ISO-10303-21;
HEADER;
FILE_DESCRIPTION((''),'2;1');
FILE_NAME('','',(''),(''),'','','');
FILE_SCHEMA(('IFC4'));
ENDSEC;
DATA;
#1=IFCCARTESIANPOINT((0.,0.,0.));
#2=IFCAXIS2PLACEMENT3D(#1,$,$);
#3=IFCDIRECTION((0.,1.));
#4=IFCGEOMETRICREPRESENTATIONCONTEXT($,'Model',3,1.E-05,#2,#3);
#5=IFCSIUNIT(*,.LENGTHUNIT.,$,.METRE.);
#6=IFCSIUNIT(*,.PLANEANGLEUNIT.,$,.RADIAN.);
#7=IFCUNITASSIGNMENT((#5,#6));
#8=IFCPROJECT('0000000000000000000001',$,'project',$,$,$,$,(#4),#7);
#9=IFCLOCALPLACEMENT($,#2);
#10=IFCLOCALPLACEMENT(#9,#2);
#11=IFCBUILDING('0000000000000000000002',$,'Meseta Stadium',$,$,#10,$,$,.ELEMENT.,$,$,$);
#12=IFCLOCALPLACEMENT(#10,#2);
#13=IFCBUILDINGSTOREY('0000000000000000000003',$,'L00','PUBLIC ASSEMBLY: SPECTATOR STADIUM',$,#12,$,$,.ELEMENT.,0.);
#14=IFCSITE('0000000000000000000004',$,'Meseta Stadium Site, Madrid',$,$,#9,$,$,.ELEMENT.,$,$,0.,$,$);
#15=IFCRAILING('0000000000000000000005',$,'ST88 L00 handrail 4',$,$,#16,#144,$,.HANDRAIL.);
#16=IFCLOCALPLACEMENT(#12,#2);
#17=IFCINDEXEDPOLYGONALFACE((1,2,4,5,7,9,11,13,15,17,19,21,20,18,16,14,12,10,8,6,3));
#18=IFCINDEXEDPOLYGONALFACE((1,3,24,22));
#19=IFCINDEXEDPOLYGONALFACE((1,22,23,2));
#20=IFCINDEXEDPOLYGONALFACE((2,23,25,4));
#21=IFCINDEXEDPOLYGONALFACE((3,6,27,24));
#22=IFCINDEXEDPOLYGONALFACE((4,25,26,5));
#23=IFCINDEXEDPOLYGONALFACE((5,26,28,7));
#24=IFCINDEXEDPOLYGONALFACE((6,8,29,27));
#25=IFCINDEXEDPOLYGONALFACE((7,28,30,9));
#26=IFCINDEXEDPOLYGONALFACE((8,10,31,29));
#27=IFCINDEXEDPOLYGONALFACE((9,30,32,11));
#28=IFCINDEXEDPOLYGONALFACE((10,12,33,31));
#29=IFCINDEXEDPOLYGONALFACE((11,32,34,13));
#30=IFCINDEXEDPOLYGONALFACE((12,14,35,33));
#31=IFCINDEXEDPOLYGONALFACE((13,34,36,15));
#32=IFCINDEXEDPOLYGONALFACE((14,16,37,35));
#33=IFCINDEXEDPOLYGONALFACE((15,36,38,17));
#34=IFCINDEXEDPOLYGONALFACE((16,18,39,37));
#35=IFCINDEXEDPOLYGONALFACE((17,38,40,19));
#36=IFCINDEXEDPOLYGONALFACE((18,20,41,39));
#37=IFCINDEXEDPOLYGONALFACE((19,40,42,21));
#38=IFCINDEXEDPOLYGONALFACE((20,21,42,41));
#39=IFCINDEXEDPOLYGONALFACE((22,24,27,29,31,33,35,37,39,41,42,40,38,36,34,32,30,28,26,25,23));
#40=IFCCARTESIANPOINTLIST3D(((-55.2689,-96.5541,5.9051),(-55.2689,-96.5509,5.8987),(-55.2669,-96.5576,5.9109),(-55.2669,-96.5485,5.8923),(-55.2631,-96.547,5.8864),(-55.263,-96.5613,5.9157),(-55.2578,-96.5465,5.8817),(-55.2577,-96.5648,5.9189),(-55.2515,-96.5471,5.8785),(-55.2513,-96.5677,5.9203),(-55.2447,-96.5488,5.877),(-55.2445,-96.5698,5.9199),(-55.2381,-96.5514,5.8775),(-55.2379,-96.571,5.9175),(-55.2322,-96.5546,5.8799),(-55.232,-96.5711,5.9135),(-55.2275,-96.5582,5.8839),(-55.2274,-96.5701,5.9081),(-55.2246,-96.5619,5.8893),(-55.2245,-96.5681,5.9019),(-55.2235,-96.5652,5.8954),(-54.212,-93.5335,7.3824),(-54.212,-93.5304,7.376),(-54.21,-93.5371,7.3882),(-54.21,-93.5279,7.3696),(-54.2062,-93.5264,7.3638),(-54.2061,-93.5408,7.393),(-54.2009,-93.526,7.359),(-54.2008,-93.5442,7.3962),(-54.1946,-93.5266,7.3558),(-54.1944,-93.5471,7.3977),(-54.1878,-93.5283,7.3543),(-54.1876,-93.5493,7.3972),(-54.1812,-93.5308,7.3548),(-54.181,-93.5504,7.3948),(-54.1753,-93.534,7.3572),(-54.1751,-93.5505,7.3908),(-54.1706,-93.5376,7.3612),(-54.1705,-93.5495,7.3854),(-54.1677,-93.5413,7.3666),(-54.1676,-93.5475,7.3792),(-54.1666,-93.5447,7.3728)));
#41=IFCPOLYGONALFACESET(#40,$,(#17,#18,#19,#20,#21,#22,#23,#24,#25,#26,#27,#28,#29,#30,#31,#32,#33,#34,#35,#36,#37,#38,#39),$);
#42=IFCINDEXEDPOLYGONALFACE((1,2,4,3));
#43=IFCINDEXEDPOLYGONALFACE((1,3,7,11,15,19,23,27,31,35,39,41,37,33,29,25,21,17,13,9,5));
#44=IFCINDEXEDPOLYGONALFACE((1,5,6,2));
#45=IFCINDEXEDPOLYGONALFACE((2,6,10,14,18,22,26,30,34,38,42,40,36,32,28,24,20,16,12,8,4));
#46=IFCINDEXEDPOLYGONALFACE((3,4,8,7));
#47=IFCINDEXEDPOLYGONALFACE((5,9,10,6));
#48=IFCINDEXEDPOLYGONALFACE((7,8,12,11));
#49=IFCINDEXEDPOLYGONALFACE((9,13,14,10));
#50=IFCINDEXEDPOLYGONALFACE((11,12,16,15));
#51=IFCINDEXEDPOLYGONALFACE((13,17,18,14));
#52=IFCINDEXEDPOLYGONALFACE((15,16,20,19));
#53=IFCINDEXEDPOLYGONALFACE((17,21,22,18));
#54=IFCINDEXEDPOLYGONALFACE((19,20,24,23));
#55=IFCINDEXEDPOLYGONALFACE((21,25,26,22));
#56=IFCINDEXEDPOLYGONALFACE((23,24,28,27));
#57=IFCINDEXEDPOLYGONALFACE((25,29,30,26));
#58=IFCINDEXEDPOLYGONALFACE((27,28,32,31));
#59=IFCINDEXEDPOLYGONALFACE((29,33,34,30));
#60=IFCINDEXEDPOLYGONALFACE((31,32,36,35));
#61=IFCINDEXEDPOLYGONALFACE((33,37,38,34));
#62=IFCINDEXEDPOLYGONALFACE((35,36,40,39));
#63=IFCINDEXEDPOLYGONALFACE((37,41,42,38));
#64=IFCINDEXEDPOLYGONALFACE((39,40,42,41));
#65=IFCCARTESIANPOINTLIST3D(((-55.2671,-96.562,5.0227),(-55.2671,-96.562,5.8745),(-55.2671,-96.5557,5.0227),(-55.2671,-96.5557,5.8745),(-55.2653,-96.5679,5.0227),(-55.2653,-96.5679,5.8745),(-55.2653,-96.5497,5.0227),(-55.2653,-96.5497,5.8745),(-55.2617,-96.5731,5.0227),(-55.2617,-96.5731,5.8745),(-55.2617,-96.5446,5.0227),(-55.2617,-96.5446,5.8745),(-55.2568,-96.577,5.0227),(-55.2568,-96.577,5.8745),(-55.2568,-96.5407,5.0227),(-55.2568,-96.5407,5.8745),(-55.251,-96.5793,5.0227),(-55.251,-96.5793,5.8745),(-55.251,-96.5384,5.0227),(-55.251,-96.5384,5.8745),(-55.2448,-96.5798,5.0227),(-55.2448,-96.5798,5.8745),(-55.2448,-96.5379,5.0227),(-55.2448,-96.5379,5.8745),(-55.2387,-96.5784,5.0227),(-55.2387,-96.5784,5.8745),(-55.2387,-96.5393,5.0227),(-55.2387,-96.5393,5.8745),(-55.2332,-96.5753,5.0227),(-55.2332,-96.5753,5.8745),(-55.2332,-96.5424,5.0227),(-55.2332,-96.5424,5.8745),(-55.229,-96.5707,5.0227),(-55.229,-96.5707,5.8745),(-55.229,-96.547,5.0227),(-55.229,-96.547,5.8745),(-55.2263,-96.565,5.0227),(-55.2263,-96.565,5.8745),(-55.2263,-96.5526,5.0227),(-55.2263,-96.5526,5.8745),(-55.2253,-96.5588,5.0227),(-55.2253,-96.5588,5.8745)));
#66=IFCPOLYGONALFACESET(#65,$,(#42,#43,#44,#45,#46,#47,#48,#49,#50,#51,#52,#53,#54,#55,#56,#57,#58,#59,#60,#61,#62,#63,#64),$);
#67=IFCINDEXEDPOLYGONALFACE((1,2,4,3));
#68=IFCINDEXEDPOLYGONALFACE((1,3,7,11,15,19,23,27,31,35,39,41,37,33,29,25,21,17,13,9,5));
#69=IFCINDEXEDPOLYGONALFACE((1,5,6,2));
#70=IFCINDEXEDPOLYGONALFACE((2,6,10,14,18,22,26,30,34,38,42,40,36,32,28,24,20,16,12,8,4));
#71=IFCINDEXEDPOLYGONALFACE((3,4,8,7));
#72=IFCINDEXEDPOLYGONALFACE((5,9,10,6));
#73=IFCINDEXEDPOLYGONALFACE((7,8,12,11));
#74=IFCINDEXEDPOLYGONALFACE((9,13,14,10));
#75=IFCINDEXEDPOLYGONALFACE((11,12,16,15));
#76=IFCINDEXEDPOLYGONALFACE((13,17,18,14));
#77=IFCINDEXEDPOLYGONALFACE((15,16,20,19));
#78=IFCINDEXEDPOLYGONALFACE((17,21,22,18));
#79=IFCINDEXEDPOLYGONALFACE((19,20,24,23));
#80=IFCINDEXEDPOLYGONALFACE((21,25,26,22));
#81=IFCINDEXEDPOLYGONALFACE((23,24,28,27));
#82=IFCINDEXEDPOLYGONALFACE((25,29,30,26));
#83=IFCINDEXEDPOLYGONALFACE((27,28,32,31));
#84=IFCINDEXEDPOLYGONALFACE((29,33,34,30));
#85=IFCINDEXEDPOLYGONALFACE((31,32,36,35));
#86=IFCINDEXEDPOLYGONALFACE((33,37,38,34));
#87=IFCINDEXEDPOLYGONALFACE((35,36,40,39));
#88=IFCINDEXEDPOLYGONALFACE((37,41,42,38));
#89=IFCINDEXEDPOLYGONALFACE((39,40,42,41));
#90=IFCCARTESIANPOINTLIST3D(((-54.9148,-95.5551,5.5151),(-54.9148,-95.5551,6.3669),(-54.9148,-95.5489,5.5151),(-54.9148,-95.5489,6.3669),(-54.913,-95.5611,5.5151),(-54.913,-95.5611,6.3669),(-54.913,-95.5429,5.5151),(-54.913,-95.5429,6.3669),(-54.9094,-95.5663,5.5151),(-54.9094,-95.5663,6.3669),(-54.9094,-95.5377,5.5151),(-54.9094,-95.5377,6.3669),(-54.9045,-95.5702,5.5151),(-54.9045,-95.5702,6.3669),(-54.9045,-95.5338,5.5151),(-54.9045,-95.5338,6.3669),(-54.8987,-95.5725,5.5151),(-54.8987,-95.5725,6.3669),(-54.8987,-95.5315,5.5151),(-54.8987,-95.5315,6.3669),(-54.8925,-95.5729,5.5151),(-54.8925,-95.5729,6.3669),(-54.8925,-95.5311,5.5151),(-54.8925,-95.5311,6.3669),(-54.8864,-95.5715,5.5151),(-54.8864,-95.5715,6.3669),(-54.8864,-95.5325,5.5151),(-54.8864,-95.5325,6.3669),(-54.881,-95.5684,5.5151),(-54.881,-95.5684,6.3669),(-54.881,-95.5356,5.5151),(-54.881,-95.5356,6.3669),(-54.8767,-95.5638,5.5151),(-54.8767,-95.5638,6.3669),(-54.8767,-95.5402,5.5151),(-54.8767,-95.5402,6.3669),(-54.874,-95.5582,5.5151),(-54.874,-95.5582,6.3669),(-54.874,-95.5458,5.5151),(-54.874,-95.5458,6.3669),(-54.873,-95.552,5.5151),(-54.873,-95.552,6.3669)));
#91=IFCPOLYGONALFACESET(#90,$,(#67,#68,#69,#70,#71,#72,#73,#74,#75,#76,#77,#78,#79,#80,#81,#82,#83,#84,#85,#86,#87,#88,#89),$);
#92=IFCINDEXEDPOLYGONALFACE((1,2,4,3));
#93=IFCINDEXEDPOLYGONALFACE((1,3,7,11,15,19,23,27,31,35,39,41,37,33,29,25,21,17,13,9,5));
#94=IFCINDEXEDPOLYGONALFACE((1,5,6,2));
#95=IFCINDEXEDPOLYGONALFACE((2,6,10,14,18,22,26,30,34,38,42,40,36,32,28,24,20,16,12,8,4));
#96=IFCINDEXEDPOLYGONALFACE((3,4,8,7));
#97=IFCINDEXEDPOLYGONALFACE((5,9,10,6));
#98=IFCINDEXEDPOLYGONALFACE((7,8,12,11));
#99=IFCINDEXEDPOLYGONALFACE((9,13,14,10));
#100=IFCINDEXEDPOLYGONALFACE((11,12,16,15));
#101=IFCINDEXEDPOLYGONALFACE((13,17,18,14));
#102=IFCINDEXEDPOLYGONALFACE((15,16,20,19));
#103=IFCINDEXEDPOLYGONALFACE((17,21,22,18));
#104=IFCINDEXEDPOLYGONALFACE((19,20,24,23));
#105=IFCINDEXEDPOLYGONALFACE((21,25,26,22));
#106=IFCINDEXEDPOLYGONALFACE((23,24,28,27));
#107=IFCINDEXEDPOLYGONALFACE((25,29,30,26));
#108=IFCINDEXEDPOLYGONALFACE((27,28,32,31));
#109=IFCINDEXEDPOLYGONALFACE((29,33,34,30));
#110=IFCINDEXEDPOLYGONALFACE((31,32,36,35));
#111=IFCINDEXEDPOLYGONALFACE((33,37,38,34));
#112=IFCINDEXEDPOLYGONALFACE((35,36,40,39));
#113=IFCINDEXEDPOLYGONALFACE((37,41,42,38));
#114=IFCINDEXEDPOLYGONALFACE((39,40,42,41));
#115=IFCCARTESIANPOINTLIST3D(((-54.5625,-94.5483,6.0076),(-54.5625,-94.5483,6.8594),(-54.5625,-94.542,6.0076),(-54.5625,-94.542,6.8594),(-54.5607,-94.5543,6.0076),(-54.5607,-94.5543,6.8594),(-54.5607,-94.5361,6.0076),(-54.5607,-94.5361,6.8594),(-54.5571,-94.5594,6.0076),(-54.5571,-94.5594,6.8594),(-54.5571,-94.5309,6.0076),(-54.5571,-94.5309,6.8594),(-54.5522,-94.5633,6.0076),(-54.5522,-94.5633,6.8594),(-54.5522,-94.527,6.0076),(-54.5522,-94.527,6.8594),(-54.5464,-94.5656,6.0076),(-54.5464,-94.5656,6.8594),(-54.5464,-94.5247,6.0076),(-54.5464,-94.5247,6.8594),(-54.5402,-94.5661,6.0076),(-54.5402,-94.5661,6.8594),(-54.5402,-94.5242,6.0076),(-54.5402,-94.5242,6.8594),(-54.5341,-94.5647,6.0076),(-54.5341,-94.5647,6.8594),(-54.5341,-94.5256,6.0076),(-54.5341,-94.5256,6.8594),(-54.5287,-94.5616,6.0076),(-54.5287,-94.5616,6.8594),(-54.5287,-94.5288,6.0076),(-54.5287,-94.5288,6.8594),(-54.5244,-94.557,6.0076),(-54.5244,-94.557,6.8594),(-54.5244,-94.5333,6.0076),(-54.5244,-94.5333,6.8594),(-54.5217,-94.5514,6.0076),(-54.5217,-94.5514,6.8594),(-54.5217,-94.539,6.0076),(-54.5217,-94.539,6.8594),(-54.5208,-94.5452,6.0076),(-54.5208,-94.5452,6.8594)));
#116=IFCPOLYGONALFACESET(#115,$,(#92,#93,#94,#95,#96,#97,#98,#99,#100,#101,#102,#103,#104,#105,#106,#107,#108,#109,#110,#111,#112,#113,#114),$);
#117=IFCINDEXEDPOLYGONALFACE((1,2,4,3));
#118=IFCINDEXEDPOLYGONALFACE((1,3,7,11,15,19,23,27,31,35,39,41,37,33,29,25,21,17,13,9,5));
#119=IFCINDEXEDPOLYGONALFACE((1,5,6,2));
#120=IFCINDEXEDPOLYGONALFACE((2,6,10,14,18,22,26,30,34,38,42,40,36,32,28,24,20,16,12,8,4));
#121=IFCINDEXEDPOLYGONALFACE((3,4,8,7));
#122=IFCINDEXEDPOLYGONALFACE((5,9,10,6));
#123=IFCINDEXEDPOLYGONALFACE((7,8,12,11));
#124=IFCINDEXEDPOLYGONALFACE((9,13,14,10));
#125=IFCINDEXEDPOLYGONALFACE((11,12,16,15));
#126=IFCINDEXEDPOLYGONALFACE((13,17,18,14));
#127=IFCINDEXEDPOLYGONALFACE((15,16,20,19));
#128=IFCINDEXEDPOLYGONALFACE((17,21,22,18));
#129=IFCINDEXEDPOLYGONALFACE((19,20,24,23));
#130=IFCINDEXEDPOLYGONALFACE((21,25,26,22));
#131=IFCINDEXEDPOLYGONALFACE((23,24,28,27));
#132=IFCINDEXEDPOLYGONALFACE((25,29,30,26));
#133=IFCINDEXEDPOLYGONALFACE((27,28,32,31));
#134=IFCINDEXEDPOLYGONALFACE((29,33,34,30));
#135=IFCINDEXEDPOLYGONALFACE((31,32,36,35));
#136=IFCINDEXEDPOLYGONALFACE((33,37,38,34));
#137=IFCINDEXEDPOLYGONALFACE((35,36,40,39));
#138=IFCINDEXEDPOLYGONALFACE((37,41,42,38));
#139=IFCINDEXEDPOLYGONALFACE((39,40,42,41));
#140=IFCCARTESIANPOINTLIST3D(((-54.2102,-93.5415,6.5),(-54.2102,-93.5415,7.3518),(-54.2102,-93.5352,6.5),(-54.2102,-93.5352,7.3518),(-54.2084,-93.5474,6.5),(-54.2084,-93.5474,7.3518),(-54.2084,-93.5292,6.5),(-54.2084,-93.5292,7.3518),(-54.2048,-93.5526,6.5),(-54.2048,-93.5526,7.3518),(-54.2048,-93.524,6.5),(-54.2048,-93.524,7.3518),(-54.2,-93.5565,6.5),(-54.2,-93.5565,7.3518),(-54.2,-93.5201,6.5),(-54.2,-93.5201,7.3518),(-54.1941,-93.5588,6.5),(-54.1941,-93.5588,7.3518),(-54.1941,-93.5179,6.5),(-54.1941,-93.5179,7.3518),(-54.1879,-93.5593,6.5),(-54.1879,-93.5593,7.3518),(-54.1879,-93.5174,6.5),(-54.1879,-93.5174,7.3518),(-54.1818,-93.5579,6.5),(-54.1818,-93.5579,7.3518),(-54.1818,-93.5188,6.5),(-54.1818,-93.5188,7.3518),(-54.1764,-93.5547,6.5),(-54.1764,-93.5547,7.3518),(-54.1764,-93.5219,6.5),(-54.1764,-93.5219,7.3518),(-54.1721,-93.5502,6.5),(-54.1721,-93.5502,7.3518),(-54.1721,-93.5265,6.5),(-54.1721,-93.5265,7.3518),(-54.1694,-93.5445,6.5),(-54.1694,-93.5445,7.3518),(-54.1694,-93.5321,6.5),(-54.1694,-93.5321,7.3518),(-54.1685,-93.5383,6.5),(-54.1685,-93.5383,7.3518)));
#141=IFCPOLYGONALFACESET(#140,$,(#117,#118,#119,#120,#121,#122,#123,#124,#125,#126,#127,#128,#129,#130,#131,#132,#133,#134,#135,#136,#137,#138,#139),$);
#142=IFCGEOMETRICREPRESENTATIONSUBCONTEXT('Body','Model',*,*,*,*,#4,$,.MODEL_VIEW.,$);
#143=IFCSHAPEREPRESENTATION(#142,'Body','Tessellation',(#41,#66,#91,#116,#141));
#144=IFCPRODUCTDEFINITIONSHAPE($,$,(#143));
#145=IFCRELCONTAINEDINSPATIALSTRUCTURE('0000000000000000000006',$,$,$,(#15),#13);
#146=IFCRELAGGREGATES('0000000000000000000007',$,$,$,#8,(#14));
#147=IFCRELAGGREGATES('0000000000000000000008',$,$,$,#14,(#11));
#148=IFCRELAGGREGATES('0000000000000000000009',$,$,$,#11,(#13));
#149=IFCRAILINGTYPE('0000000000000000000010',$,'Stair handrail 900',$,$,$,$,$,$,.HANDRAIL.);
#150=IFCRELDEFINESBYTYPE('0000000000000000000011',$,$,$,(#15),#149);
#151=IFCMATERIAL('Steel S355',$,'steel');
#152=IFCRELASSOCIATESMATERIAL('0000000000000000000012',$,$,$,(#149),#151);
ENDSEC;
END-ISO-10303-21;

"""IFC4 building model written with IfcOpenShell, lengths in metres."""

from ifc_helpers import new_model, si_unit, direction, frame, origin, origin_2d, place, context, subcontext, project, spatial, circle, extrude, material, type_object, element, save


model = new_model("IFC4")

# Units and contexts
model_context = context("Model", 3, precision=1e-05, world=origin(), true_north=direction((0.0, 1.0)))
body_context = subcontext(model_context, "Body", "Model", "MODEL_VIEW")
ifc_project = project(units=[si_unit("LENGTHUNIT", "METRE"), si_unit("PLANEANGLEUNIT", "RADIAN")], contexts=[model_context])

# Site, building, storey
site_placement = place(None, origin())
site = spatial("IfcSite", under=ifc_project, at=site_placement, Name="Meseta Stadium Site, Madrid", CompositionType="ELEMENT", RefElevation=0.0)
building_placement = place(site_placement, origin())
building = spatial("IfcBuilding", under=site, at=building_placement, Name="Meseta Stadium", CompositionType="ELEMENT")
storey_placement = place(building_placement, origin())
storey = spatial("IfcBuildingStorey", under=building, at=storey_placement, Name="L00", Description="PUBLIC ASSEMBLY: SPECTATOR STADIUM", CompositionType="ELEMENT", Elevation=0.0)

# Railing
ifc_material_1 = material(Name="Steel S355", Category="steel")
railing_type_1 = type_object("IfcRailingType", Name="Stair handrail 900", PredefinedType="HANDRAIL", material=ifc_material_1)
for number, where, name in (
    (1, (-55.2463, -96.5588, 5.0227), "ST88 L00 handrail 4"),
):
    element("IfcRailing", number, at=place(storey_placement, frame(where)), inside=storey, type_object=railing_type_1, Name=name, PredefinedType="HANDRAIL", context=body_context, shape_type="SweptSolid", body=[
        extrude(circle(Radius=0.0239, at=origin_2d()), frame((0.0, 0.0, 0.876), z_axis=(0.299859, 0.856977, 0.419137), x_axis=(-0.943887, 0.330269, 0.0)), (0.0, 0.0, 1.0), 3.5247),
        extrude(circle(Radius=0.021, at=origin_2d()), origin(), (0.0, 0.0, 1.0), 0.8518),
        extrude(circle(Radius=0.021, at=origin_2d()), frame((0.3523, 1.0068, 0.4924)), (0.0, 0.0, 1.0), 0.8518),
        extrude(circle(Radius=0.021, at=origin_2d()), frame((0.7046, 2.0137, 0.9849)), (0.0, 0.0, 1.0), 0.8518),
        extrude(circle(Radius=0.021, at=origin_2d()), frame((1.0569, 3.0205, 1.4773)), (0.0, 0.0, 1.0), 0.8518),
    ])

save(model, "model.ifc")
